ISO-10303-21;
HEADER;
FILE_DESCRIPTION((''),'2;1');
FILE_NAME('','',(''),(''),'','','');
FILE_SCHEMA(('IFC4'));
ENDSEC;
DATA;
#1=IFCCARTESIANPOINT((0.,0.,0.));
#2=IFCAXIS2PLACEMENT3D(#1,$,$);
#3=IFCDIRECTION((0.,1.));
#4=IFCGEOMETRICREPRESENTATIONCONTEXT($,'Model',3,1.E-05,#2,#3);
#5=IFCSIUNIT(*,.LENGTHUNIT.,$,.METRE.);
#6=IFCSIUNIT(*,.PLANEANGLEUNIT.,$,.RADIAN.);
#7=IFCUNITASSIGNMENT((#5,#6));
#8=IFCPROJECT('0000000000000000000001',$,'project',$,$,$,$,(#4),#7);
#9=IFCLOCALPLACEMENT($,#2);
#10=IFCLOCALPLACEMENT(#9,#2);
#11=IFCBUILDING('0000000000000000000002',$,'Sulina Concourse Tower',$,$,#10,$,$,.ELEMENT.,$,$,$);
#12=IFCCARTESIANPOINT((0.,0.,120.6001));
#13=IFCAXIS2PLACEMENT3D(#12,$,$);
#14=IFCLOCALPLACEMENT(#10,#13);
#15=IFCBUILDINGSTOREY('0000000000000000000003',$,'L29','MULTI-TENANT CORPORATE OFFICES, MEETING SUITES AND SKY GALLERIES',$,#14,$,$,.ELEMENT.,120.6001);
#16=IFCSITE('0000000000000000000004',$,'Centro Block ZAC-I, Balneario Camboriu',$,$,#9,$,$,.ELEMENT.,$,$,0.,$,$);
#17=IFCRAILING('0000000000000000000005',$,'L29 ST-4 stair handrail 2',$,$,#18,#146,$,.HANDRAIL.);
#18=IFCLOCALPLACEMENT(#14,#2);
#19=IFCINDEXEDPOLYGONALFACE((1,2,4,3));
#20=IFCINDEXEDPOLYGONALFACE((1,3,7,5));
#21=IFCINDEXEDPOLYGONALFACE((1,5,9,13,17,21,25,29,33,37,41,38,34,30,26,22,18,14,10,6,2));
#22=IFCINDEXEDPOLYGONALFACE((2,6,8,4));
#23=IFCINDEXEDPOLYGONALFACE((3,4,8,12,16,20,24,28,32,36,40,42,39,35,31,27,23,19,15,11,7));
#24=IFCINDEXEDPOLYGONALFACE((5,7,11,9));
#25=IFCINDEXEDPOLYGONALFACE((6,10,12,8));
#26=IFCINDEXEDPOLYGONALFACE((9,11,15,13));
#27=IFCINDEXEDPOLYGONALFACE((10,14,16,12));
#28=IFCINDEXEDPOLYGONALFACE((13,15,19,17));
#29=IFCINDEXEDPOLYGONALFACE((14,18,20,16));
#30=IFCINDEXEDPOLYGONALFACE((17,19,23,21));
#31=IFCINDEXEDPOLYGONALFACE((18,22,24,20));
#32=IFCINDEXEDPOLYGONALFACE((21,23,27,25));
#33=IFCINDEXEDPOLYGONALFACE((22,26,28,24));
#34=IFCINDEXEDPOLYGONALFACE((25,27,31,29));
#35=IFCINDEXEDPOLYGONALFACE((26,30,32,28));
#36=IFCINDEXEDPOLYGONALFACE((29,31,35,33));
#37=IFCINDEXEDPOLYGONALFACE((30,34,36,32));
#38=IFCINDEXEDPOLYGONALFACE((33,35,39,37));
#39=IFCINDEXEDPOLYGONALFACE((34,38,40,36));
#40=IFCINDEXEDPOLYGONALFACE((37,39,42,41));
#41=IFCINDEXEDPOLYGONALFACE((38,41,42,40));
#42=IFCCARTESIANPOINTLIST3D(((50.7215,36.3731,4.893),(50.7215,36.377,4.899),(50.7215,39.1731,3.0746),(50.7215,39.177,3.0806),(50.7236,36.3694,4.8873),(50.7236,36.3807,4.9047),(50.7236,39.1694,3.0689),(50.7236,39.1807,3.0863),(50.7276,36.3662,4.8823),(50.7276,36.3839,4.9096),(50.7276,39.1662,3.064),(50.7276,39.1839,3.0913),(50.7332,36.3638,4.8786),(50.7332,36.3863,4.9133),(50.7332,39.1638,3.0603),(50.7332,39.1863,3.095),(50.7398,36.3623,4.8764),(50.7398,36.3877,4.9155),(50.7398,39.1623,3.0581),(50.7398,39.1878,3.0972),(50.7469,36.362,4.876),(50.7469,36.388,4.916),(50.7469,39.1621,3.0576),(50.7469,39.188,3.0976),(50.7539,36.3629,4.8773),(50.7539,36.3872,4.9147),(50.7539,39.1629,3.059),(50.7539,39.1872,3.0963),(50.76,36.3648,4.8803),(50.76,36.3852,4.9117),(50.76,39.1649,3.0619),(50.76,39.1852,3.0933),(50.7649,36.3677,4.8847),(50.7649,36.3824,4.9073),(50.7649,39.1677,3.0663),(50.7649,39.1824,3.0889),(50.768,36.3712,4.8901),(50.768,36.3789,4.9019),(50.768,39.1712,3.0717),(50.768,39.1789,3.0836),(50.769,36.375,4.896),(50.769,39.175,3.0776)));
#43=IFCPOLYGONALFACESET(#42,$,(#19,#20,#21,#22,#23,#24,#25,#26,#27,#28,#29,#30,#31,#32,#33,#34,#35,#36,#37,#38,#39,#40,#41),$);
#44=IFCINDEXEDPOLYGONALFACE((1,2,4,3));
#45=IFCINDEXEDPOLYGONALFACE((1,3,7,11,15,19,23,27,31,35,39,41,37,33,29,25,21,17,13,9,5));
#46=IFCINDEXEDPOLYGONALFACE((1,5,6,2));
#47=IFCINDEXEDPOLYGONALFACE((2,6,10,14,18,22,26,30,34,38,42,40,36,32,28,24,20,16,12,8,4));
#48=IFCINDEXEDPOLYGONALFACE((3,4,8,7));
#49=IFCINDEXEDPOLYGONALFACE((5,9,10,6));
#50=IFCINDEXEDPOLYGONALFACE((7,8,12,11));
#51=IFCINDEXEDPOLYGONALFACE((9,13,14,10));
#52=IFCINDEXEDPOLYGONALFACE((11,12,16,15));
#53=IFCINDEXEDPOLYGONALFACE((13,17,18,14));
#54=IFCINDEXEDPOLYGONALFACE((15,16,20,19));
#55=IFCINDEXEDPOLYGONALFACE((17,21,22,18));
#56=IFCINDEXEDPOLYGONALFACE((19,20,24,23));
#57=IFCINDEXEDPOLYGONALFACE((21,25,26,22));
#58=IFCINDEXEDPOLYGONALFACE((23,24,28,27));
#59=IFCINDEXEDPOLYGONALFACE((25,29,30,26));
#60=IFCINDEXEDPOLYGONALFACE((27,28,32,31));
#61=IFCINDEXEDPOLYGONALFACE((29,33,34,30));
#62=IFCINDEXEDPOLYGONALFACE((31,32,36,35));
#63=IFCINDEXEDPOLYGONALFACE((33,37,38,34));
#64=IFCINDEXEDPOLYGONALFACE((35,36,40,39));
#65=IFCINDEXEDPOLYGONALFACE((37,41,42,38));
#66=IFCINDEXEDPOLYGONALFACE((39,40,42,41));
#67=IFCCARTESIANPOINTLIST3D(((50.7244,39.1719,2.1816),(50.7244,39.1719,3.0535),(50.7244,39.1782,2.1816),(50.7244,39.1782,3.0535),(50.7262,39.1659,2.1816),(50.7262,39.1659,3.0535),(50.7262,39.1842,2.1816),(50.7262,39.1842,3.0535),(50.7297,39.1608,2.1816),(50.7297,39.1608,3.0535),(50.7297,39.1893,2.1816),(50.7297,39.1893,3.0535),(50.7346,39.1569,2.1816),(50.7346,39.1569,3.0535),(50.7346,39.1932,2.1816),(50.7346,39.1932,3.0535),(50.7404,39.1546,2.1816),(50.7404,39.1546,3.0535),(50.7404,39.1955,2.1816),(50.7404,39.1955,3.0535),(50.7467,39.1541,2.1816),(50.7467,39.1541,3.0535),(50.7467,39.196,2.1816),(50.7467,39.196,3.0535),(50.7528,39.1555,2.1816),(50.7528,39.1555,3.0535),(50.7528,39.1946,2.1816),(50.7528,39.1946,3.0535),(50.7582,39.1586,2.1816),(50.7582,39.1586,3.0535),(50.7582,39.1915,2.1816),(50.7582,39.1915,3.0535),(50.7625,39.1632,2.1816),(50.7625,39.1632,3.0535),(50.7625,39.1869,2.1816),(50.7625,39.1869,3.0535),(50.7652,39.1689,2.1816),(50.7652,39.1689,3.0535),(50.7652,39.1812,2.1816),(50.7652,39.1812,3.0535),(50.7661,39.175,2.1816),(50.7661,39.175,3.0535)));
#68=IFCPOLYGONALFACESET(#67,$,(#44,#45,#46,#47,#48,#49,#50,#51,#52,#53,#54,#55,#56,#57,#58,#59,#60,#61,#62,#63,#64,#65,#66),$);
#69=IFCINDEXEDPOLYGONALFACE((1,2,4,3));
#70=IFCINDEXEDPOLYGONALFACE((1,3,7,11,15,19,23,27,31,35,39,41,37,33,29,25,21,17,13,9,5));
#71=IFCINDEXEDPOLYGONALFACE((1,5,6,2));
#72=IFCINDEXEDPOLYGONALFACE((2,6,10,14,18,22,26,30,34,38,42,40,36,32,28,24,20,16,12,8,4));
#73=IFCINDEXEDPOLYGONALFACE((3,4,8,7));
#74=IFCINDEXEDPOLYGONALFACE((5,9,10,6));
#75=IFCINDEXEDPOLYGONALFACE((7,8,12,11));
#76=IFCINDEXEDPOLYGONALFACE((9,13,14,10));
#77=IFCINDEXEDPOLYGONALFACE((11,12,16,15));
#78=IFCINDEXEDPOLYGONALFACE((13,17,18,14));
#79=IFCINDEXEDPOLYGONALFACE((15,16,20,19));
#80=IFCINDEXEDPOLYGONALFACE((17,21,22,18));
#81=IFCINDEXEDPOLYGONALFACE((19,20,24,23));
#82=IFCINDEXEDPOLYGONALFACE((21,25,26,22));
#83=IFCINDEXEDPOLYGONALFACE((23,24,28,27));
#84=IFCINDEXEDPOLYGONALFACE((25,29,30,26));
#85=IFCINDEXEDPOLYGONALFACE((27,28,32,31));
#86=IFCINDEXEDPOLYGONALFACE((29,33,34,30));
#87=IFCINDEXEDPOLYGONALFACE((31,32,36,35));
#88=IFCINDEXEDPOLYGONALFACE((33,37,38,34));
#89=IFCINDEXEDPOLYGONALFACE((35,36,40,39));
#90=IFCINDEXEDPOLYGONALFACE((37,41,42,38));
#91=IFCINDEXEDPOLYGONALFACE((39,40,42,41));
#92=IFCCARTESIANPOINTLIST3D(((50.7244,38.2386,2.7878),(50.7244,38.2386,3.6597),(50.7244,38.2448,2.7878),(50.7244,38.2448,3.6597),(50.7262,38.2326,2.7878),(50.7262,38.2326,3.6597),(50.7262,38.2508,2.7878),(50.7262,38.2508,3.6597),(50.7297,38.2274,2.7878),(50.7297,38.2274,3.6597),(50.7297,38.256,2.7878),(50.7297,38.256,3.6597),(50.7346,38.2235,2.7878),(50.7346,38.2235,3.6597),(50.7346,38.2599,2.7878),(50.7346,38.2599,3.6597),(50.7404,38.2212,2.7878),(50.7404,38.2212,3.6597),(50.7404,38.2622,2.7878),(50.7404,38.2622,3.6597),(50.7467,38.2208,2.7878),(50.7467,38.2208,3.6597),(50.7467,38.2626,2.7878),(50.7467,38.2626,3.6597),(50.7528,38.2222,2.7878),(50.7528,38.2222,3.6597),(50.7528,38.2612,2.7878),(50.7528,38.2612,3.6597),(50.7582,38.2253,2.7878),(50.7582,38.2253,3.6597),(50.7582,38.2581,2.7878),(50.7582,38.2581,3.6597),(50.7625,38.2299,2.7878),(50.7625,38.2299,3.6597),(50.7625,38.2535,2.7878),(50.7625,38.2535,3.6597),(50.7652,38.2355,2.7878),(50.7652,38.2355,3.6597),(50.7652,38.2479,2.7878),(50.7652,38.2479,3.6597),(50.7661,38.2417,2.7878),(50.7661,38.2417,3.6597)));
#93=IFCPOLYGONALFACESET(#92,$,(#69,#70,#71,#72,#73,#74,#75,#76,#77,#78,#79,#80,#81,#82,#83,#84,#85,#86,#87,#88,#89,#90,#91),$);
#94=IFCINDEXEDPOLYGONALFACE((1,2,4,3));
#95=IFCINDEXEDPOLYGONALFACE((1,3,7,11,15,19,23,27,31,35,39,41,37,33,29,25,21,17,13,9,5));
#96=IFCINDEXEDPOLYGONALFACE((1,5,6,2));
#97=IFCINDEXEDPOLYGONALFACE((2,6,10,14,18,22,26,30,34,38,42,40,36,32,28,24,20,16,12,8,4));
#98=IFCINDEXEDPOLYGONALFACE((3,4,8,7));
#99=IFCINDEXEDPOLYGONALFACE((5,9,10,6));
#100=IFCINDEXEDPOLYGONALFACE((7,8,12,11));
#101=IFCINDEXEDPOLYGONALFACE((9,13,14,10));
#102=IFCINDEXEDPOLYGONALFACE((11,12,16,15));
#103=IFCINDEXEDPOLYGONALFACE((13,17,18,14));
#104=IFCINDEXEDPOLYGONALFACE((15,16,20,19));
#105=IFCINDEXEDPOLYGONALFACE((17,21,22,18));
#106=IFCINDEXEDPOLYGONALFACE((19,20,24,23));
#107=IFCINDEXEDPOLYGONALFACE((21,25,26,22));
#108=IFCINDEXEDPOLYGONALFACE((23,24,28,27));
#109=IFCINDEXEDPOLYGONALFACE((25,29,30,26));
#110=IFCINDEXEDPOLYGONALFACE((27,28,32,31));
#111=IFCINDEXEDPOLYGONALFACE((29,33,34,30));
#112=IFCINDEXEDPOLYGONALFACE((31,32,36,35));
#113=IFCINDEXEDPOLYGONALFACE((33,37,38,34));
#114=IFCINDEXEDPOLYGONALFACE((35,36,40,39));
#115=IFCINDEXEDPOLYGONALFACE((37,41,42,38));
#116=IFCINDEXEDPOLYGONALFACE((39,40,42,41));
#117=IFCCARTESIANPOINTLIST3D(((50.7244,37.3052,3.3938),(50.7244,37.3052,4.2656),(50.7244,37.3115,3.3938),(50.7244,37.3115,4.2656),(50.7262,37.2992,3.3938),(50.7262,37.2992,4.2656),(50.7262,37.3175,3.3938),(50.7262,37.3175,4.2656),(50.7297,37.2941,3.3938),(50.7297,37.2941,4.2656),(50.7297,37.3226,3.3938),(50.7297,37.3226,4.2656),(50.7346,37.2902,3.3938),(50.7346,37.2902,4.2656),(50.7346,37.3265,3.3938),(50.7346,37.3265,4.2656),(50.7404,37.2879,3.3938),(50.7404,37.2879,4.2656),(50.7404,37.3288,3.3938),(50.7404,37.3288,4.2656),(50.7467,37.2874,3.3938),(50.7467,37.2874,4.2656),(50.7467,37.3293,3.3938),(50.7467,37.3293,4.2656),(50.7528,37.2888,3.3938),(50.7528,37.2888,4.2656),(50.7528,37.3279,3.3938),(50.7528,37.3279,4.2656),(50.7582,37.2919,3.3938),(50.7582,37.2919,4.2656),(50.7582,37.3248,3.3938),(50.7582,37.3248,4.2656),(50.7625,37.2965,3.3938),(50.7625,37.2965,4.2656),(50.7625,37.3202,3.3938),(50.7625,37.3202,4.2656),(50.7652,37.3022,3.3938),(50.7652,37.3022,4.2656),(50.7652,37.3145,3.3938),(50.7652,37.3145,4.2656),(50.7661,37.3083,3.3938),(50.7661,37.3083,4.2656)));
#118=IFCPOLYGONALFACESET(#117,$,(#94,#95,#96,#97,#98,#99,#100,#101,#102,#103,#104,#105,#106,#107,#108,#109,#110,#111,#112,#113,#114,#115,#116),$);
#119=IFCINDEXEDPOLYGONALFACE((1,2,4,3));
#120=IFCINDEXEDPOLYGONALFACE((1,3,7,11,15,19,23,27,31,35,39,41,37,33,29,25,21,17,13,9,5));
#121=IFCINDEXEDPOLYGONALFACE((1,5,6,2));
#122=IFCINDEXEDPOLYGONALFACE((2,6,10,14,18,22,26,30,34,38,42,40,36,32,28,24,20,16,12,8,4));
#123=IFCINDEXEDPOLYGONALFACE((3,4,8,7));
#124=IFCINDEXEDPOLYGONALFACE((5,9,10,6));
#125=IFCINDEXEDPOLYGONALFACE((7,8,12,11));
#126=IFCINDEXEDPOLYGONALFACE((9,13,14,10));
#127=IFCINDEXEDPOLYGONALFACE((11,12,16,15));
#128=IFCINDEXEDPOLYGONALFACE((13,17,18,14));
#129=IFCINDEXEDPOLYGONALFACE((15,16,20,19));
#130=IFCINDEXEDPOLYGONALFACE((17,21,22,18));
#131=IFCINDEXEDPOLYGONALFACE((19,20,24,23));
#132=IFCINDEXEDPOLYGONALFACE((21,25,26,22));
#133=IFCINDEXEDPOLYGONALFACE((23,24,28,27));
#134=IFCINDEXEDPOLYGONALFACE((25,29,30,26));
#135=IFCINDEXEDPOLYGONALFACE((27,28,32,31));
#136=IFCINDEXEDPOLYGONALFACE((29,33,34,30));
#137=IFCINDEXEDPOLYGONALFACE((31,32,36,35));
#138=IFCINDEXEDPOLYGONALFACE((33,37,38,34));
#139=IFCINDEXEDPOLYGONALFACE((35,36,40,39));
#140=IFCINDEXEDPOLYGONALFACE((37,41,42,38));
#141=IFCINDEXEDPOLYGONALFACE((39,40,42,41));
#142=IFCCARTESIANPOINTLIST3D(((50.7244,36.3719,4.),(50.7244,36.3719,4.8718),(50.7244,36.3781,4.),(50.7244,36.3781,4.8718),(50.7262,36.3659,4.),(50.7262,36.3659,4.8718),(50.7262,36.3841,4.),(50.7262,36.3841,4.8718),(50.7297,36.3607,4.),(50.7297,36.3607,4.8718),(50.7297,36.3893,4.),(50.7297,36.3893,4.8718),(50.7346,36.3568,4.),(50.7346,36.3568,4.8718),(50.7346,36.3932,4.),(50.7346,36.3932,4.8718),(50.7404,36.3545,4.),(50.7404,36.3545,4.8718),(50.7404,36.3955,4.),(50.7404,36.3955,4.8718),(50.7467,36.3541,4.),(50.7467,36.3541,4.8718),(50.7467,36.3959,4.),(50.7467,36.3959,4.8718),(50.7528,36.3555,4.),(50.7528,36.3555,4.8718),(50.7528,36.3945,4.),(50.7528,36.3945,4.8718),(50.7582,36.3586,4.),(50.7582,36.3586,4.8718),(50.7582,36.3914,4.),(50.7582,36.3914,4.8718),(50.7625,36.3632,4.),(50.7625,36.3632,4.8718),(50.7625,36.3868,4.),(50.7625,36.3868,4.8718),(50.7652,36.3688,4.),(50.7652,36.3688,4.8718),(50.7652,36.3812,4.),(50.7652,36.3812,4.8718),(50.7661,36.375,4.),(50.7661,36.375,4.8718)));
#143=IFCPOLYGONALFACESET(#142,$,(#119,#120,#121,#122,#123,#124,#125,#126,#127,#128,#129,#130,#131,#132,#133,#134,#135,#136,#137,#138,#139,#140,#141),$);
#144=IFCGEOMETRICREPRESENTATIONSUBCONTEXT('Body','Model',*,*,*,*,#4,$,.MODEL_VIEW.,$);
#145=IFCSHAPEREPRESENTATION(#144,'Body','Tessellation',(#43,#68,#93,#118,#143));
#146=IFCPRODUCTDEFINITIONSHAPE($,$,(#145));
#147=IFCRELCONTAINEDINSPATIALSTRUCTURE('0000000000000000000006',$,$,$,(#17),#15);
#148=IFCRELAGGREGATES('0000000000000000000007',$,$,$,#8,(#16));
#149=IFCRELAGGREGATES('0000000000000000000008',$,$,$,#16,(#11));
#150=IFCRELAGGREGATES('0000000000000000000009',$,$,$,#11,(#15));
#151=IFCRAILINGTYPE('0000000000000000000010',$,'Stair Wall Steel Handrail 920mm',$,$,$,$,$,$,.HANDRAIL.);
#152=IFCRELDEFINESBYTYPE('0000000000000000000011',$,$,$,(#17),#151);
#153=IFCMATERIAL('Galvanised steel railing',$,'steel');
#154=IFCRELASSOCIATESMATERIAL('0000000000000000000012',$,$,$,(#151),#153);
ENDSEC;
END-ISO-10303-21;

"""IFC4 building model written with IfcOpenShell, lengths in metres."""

from ifc_helpers import new_model, si_unit, direction, frame, origin, origin_2d, place, context, subcontext, project, spatial, circle, extrude, material, type_object, element, save


model = new_model("IFC4")

# Units and contexts
model_context = context("Model", 3, precision=1e-05, world=origin(), true_north=direction((0.0, 1.0)))
body_context = subcontext(model_context, "Body", "Model", "MODEL_VIEW")
ifc_project = project(units=[si_unit("LENGTHUNIT", "METRE"), si_unit("PLANEANGLEUNIT", "RADIAN")], contexts=[model_context])

# Site, building, storey
site_placement = place(None, origin())
site = spatial("IfcSite", under=ifc_project, at=site_placement, Name="Centro Block ZAC-I, Balneario Camboriu", CompositionType="ELEMENT", RefElevation=0.0)
building_placement = place(site_placement, origin())
building = spatial("IfcBuilding", under=site, at=building_placement, Name="Sulina Concourse Tower", CompositionType="ELEMENT")
storey_placement = place(building_placement, frame((0.0, 0.0, 120.6001)))
storey = spatial("IfcBuildingStorey", under=building, at=storey_placement, Name="L29", Description="MULTI-TENANT CORPORATE OFFICES, MEETING SUITES AND SKY GALLERIES", CompositionType="ELEMENT", Elevation=120.6001)

# Railing
ifc_material_1 = material(Name="Galvanised steel railing", Category="steel")
railing_type_1 = type_object("IfcRailingType", Name="Stair Wall Steel Handrail 920mm", PredefinedType="HANDRAIL", material=ifc_material_1)
railing_1_placement = place(storey_placement, frame((50.7451, 39.175, 2.1816)))
element("IfcRailing", 1, at=railing_1_placement, inside=storey, type_object=railing_type_1, Name="L29 ST-4 stair handrail 2", PredefinedType="HANDRAIL", context=body_context, shape_type="SweptSolid", body=[
    extrude(circle(Radius=0.0239, at=origin_2d()), frame((0.0, 0.0, 0.896), z_axis=(0.0, -0.838672, 0.544636), x_axis=(1.0, 0.0, 0.0)), (0.0, 0.0, 1.0), 3.3386),
    extrude(circle(Radius=0.021, at=origin_2d()), origin(), (0.0, 0.0, 1.0), 0.8718),
    extrude(circle(Radius=0.021, at=origin_2d()), frame((0.0, -0.9333, 0.6062)), (0.0, 0.0, 1.0), 0.8718),
    extrude(circle(Radius=0.021, at=origin_2d()), frame((0.0, -1.8667, 1.2122)), (0.0, 0.0, 1.0), 0.8718),
    extrude(circle(Radius=0.021, at=origin_2d()), frame((0.0, -2.8, 1.8184)), (0.0, 0.0, 1.0), 0.8718),
])

save(model, "model.ifc")
